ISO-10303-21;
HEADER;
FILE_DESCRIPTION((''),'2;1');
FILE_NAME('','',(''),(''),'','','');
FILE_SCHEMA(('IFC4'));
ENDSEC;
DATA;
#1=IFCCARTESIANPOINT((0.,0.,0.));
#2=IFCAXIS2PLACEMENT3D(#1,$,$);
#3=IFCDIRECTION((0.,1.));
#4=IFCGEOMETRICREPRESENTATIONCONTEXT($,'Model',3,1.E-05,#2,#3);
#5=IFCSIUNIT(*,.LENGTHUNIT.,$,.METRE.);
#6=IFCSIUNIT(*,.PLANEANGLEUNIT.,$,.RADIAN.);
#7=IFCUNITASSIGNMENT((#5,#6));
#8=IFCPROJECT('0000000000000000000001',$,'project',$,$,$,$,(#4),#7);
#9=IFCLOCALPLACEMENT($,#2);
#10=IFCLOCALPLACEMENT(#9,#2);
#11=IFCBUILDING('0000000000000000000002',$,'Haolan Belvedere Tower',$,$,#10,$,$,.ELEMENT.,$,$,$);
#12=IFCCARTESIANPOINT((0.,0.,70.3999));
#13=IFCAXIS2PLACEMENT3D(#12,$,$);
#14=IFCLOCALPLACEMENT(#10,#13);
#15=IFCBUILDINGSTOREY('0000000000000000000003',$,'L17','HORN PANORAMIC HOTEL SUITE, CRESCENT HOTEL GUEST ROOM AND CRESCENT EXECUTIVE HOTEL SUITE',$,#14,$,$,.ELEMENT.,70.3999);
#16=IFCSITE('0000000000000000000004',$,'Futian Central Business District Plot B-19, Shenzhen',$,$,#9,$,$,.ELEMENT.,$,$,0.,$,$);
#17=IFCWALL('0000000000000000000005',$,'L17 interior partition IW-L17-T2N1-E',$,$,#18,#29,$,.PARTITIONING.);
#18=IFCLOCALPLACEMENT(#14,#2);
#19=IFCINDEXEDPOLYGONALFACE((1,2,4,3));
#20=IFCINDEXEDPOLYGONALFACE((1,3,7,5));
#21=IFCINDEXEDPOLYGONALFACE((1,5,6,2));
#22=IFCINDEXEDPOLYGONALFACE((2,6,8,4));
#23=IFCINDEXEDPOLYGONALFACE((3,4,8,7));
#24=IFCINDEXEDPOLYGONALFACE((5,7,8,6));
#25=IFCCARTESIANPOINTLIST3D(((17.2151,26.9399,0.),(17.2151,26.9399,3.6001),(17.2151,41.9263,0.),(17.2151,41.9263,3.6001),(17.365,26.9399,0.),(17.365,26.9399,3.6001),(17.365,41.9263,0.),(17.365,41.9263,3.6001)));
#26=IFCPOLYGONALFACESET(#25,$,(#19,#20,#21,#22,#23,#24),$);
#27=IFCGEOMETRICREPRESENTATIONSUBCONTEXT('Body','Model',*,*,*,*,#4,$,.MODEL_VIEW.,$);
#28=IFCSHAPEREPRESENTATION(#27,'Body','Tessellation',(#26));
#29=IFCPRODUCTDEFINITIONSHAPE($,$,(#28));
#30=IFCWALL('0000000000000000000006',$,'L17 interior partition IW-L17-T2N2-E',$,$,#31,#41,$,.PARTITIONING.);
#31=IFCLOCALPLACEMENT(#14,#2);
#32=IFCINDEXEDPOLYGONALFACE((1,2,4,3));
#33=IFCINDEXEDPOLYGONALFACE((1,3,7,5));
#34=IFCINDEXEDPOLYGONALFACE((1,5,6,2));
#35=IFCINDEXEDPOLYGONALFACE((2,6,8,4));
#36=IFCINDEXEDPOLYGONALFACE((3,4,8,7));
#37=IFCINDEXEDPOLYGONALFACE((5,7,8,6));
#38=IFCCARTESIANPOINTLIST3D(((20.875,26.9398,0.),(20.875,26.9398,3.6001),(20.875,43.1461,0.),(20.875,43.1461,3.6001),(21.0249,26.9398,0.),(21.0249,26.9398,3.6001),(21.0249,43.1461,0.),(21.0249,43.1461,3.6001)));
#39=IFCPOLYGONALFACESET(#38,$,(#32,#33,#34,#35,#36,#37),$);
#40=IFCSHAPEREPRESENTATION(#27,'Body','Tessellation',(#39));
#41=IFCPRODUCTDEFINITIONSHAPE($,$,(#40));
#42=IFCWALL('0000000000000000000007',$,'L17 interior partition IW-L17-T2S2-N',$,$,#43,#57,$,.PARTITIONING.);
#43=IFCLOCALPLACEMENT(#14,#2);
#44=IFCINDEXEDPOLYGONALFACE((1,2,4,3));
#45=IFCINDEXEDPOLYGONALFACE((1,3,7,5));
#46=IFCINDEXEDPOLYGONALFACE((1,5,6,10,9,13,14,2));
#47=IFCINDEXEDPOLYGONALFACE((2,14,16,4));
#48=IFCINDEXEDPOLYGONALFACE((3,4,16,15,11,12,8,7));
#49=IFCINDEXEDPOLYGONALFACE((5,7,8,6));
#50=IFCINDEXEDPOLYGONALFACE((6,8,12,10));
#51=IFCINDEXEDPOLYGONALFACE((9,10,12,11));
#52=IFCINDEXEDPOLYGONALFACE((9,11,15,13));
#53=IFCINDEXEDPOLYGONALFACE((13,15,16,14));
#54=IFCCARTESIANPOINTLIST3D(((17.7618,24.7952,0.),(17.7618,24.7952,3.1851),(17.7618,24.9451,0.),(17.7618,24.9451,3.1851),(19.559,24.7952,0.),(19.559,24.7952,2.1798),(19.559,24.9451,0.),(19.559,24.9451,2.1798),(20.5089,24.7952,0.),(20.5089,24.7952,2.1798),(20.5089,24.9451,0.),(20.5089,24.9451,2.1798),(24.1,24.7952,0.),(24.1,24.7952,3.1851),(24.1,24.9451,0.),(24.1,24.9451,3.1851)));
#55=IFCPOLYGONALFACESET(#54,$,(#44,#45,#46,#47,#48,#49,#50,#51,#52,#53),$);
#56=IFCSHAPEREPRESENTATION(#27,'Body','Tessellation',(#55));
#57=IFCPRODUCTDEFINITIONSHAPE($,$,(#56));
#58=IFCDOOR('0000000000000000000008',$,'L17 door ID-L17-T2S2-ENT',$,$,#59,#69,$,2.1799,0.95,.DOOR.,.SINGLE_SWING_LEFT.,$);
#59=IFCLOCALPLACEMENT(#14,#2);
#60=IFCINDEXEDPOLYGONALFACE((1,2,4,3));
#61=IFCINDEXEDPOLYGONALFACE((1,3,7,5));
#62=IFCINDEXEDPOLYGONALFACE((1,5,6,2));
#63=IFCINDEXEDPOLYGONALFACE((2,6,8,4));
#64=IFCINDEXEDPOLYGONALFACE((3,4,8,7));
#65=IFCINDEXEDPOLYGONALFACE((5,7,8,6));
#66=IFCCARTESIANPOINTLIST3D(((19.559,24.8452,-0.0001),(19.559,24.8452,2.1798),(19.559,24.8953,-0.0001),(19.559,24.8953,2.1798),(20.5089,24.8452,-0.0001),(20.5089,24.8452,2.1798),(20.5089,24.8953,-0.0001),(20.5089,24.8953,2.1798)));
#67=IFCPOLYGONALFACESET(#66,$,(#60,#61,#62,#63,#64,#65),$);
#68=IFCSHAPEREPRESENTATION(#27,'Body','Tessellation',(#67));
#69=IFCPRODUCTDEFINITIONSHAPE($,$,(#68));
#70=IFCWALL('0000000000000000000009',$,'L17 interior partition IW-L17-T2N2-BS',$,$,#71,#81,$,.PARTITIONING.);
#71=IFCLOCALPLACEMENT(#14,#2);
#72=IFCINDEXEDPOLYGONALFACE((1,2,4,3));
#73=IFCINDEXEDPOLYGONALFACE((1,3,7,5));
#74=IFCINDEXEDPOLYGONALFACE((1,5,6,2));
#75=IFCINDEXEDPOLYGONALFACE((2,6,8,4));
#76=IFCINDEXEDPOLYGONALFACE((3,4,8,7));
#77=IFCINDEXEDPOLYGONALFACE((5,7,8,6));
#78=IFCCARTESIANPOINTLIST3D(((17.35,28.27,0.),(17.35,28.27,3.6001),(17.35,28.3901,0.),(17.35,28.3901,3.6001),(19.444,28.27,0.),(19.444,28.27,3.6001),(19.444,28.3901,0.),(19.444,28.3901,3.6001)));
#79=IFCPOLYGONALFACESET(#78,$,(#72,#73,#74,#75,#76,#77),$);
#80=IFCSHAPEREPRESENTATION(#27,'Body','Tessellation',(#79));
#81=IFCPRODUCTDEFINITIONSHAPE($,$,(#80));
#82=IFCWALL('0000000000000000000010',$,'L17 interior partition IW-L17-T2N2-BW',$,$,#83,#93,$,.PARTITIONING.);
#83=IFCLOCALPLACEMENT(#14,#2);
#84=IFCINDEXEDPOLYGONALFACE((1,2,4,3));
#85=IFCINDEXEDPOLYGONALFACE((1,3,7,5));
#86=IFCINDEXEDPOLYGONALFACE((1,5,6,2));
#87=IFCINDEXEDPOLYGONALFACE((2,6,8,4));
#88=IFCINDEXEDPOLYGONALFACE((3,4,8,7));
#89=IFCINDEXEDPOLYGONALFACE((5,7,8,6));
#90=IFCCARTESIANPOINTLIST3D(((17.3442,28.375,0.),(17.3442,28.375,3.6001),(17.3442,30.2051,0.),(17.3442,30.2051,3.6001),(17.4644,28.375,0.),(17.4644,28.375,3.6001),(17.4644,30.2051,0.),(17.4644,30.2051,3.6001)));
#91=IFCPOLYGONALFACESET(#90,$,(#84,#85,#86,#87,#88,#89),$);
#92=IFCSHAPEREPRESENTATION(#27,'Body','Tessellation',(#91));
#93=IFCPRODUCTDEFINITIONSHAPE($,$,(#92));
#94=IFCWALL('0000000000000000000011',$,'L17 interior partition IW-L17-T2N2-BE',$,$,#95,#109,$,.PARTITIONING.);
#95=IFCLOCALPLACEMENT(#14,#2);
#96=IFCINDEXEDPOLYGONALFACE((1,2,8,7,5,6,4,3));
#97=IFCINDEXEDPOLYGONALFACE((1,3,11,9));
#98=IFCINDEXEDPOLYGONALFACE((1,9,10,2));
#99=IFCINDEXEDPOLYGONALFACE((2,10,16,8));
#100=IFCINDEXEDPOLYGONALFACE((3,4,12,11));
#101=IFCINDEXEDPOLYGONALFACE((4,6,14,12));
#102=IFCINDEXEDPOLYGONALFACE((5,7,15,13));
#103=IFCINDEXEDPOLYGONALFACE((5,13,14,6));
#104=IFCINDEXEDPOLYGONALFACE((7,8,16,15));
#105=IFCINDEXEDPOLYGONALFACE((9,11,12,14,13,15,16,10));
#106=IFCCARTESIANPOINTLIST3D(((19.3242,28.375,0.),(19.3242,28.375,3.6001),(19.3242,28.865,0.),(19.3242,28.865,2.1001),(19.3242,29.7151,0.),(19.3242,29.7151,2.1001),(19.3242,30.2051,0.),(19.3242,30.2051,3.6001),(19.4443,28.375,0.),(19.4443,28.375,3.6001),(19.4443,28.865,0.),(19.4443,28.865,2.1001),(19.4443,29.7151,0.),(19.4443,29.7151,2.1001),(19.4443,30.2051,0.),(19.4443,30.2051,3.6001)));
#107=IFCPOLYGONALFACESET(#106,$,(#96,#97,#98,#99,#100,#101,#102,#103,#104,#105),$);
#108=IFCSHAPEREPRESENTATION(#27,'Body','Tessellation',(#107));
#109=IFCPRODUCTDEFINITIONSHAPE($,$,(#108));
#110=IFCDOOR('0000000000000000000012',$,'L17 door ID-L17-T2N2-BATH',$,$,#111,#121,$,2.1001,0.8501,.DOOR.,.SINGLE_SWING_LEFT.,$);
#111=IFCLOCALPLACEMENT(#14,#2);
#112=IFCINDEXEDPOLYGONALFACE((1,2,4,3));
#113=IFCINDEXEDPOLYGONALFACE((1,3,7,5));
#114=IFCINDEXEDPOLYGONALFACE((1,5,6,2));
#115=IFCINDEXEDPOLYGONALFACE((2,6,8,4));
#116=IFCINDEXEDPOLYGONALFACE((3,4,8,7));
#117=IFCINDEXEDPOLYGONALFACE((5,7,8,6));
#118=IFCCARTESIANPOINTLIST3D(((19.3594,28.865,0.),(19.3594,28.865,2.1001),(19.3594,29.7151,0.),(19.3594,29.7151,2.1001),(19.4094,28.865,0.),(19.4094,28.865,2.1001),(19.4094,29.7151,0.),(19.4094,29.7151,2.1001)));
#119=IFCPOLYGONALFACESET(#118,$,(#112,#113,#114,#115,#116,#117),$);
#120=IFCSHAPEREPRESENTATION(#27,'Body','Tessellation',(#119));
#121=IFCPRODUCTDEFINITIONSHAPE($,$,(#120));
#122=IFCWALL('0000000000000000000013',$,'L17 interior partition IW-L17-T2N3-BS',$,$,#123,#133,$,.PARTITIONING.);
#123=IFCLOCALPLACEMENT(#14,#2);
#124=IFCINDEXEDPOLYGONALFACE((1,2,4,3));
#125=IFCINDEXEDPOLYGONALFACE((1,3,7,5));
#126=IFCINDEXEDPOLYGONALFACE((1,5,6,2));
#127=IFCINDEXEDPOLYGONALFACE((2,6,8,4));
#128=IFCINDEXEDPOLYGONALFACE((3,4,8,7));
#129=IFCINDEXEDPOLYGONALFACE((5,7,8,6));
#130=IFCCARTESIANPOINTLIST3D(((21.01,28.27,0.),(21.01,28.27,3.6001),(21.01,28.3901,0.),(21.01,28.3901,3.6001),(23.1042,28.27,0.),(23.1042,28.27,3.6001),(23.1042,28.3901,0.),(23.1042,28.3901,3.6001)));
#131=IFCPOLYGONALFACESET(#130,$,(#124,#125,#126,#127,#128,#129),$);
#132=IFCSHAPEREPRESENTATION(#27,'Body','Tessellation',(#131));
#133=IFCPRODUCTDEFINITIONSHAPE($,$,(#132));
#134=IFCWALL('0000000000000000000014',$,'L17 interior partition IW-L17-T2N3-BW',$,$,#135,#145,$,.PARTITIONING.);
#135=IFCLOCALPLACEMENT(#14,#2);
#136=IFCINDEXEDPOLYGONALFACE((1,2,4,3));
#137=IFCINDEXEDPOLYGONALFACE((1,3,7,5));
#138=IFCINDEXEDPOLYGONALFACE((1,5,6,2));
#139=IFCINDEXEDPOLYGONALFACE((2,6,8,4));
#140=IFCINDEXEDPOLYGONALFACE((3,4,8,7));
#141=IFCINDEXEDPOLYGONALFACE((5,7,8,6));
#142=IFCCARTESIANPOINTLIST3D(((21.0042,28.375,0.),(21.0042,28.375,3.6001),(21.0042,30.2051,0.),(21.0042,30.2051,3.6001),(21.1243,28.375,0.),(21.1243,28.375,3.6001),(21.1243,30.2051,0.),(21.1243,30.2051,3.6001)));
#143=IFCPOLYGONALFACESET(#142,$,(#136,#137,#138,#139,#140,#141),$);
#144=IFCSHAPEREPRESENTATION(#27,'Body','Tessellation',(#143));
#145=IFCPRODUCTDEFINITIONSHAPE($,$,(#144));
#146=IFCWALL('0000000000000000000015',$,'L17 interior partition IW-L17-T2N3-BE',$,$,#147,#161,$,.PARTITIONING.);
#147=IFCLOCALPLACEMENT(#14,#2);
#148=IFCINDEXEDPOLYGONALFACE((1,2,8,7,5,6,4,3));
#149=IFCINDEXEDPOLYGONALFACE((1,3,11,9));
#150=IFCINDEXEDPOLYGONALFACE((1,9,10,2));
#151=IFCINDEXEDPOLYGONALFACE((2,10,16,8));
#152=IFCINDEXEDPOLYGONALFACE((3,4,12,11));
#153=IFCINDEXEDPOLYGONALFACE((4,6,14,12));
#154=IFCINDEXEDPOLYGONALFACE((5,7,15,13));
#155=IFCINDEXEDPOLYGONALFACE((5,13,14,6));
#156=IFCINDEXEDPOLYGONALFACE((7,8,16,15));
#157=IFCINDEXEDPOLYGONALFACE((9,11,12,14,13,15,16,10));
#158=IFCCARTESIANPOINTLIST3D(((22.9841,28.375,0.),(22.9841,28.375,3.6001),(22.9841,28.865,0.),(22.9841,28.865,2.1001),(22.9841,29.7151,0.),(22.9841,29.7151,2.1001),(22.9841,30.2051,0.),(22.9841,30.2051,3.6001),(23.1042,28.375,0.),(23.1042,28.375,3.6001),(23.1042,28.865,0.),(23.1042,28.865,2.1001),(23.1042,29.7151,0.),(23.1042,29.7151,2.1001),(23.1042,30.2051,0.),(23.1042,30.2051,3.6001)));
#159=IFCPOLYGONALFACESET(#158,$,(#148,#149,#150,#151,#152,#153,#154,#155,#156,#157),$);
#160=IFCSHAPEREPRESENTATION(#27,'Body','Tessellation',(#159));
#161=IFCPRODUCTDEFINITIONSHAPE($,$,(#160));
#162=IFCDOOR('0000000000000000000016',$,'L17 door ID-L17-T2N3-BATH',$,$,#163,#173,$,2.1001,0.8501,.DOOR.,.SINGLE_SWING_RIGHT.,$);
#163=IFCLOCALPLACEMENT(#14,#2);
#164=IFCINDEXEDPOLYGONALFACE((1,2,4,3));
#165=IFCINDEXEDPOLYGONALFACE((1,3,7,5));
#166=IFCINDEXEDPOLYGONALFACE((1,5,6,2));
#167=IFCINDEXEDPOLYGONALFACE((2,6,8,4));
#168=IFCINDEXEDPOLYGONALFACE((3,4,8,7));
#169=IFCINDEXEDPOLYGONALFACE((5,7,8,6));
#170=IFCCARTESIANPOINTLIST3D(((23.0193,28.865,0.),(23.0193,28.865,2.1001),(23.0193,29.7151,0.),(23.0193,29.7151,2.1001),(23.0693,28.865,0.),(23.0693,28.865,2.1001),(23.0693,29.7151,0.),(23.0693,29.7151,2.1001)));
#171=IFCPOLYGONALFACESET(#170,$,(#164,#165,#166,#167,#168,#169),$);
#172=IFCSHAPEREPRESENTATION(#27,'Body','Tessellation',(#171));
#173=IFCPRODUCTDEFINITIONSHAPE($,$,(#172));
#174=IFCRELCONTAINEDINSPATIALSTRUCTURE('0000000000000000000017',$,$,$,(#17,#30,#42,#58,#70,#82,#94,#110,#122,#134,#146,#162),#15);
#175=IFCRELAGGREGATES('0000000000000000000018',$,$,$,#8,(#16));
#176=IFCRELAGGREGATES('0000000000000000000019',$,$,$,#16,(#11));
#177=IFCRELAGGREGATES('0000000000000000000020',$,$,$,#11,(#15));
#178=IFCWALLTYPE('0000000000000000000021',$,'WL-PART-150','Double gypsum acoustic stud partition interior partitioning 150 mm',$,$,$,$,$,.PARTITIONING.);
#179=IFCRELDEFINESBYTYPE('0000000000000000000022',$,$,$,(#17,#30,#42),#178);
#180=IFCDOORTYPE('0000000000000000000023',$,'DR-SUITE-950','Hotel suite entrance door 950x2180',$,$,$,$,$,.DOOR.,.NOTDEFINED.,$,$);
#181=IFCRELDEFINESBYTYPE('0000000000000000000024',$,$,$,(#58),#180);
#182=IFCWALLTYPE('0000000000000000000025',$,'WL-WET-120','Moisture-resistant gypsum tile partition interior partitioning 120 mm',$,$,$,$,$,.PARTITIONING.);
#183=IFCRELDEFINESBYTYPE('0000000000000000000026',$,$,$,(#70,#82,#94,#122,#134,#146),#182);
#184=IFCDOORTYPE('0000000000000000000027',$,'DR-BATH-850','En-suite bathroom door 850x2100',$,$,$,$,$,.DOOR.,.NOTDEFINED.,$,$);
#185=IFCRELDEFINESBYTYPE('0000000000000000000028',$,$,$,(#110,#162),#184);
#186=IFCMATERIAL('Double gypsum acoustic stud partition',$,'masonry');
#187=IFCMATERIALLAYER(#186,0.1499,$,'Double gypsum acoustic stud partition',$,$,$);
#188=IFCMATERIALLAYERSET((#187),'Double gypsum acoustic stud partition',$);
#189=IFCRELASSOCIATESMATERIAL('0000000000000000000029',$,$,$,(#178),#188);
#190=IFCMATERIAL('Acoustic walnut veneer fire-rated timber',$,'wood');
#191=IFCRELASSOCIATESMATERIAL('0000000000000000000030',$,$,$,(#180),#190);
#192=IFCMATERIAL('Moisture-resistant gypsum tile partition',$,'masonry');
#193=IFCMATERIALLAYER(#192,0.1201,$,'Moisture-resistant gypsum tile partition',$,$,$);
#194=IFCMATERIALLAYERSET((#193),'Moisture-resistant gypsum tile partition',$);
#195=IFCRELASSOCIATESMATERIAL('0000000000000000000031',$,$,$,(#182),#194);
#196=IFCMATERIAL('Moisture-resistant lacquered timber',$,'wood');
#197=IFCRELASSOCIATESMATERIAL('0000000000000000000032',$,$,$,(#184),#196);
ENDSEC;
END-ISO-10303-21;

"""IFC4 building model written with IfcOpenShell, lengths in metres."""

from ifc_helpers import new_model, si_unit, direction, frame, frame_2d, origin, place, context, subcontext, project, spatial, rectangle, extrude, material, layer, layer_set, type_object, element, fill, save


model = new_model("IFC4")

# Units and contexts
model_context = context("Model", 3, precision=1e-05, world=origin(), true_north=direction((0.0, 1.0)))
body_context = subcontext(model_context, "Body", "Model", "MODEL_VIEW")
ifc_project = project(units=[si_unit("LENGTHUNIT", "METRE"), si_unit("PLANEANGLEUNIT", "RADIAN")], contexts=[model_context])

# Site, building, storey
site_placement = place(None, origin())
site = spatial("IfcSite", under=ifc_project, at=site_placement, Name="Futian Central Business District Plot B-19, Shenzhen", CompositionType="ELEMENT", RefElevation=0.0)
building_placement = place(site_placement, origin())
building = spatial("IfcBuilding", under=site, at=building_placement, Name="Haolan Belvedere Tower", CompositionType="ELEMENT")
storey_placement = place(building_placement, frame((0.0, 0.0, 70.3999)))
storey = spatial("IfcBuildingStorey", under=building, at=storey_placement, Name="L17", Description="HORN PANORAMIC HOTEL SUITE, CRESCENT HOTEL GUEST ROOM AND CRESCENT EXECUTIVE HOTEL SUITE", CompositionType="ELEMENT", Elevation=70.3999)

# Wall
ifc_material_1 = material(Name="Double gypsum acoustic stud partition", Category="masonry")
ifc_layer_1 = layer(ifc_material_1, 0.1499, Name="Double gypsum acoustic stud partition")
ifc_layer_set_1 = layer_set([ifc_layer_1], Name="Double gypsum acoustic stud partition")
wall_type_1 = type_object("IfcWallType", Name="WL-PART-150", Description="Double gypsum acoustic stud partition interior partitioning 150 mm", PredefinedType="PARTITIONING", material=ifc_layer_set_1)
wall_1_placement = place(storey_placement, frame((17.29, 26.9399, 0.0), z_axis=(0.0, 0.0, 1.0), x_axis=(0.0, 1.0, 0.0)))
element("IfcWall", 1, at=wall_1_placement, inside=storey, type_object=wall_type_1, Name="L17 interior partition IW-L17-T2N1-E", PredefinedType="PARTITIONING", context=body_context, shape_type="SweptSolid", body=[
    extrude(rectangle(XDim=14.9863, YDim=0.1499, at=frame_2d((7.4932, 0.0))), origin(), (0.0, 0.0, 1.0), 3.6001),
])

# Wall
wall_2_placement = place(storey_placement, frame((20.95, 26.9399, 0.0), z_axis=(0.0, 0.0, 1.0), x_axis=(0.0, 1.0, 0.0)))
element("IfcWall", 2, at=wall_2_placement, inside=storey, type_object=wall_type_1, Name="L17 interior partition IW-L17-T2N2-E", PredefinedType="PARTITIONING", context=body_context, shape_type="SweptSolid", body=[
    extrude(rectangle(XDim=16.2063, YDim=0.1499, at=frame_2d((8.103, 0.0))), origin(), (0.0, 0.0, 1.0), 3.6001),
])

# Wall, opening, door
wall_3_placement = place(storey_placement, frame((17.762, 24.8701, 0.0), z_axis=(0.0, 0.0, 1.0), x_axis=(1.0, 0.0, 0.0)))
wall_3 = element("IfcWall", 3, at=wall_3_placement, inside=storey, type_object=wall_type_1, Name="L17 interior partition IW-L17-T2S2-N", PredefinedType="PARTITIONING", context=body_context, shape_type="SweptSolid", body=[
    extrude(rectangle(XDim=6.3381, YDim=0.1499, at=frame_2d((3.1689, 0.0))), origin(), (0.0, 0.0, 1.0), 3.1851),
])
opening_1_placement = place(wall_3_placement, frame((2.7471, 0.0, 0.0), z_axis=(0.0, 0.0, 1.0), x_axis=(-1.0, 0.0, 0.0)))
opening_1 = element("IfcOpeningElement", 4, at=opening_1_placement, cuts=wall_3, PredefinedType="OPENING", context=body_context, shape_type="SweptSolid", body=[
    extrude(rectangle(XDim=0.95, YDim=2.1799, at=frame_2d((0.4751, 1.0898))), frame((0.0, 0.085, 0.0), z_axis=(0.0, -1.0, 0.0), x_axis=(1.0, 0.0, 0.0)), (0.0, 0.0, 1.0), 0.1699),
])
ifc_material_2 = material(Name="Acoustic walnut veneer fire-rated timber", Category="wood")
door_type_1 = type_object("IfcDoorType", Name="DR-SUITE-950", Description="Hotel suite entrance door 950x2180", OperationType="NOTDEFINED", PredefinedType="DOOR", material=ifc_material_2)
door_1_placement = place(opening_1_placement, origin())
door_1 = element("IfcDoor", 5, at=door_1_placement, inside=storey, type_object=door_type_1, Name="L17 door ID-L17-T2S2-ENT", OperationType="SINGLE_SWING_LEFT", OverallHeight=2.1799, OverallWidth=0.95, PredefinedType="DOOR", context=body_context, shape_type="SweptSolid", body=[
    extrude(rectangle(XDim=0.95, YDim=2.1799, at=frame_2d((0.4751, 1.0898))), frame((0.0, 0.0249, 0.0), z_axis=(0.0, -1.0, 0.0), x_axis=(1.0, 0.0, 0.0)), (0.0, 0.0, 1.0), 0.05),
])
fill(opening_1, door_1)

# Walls
ifc_material_3 = material(Name="Moisture-resistant gypsum tile partition", Category="masonry")
ifc_layer_2 = layer(ifc_material_3, 0.1201, Name="Moisture-resistant gypsum tile partition")
ifc_layer_set_2 = layer_set([ifc_layer_2], Name="Moisture-resistant gypsum tile partition")
wall_type_2 = type_object("IfcWallType", Name="WL-WET-120", Description="Moisture-resistant gypsum tile partition interior partitioning 120 mm", PredefinedType="PARTITIONING", material=ifc_layer_set_2)
wall_4_placement = place(storey_placement, frame((17.3501, 28.3301, 0.0), z_axis=(0.0, 0.0, 1.0), x_axis=(1.0, 0.0, 0.0)))
element("IfcWall", 6, at=wall_4_placement, inside=storey, type_object=wall_type_2, Name="L17 interior partition IW-L17-T2N2-BS", PredefinedType="PARTITIONING", context=body_context, shape_type="SweptSolid", body=[
    extrude(rectangle(XDim=2.094, YDim=0.1201, at=frame_2d((1.0469, 0.0))), origin(), (0.0, 0.0, 1.0), 3.6001),
])
wall_5_placement = place(storey_placement, frame((17.4043, 28.375, 0.0), z_axis=(0.0, 0.0, 1.0), x_axis=(0.0, 1.0, 0.0)))
element("IfcWall", 7, at=wall_5_placement, inside=storey, type_object=wall_type_2, Name="L17 interior partition IW-L17-T2N2-BW", PredefinedType="PARTITIONING", context=body_context, shape_type="SweptSolid", body=[
    extrude(rectangle(XDim=1.8301, YDim=0.1201, at=frame_2d((0.915, 0.0))), origin(), (0.0, 0.0, 1.0), 3.6001),
])

# Wall, opening, door
wall_6_placement = place(storey_placement, frame((19.3843, 28.375, 0.0), z_axis=(0.0, 0.0, 1.0), x_axis=(0.0, 1.0, 0.0)))
wall_6 = element("IfcWall", 8, at=wall_6_placement, inside=storey, type_object=wall_type_2, Name="L17 interior partition IW-L17-T2N2-BE", PredefinedType="PARTITIONING", context=body_context, shape_type="SweptSolid", body=[
    extrude(rectangle(XDim=1.8301, YDim=0.1201, at=frame_2d((0.915, 0.0))), origin(), (0.0, 0.0, 1.0), 3.6001),
])
opening_2_placement = place(wall_6_placement, frame((0.49, 0.0, 0.0)))
opening_2 = element("IfcOpeningElement", 9, at=opening_2_placement, cuts=wall_6, PredefinedType="OPENING", context=body_context, shape_type="SweptSolid", body=[
    extrude(rectangle(XDim=0.8501, YDim=2.1001, at=frame_2d((0.425, 1.05))), frame((0.0, 0.0701, 0.0), z_axis=(0.0, -1.0, 0.0), x_axis=(1.0, 0.0, 0.0)), (0.0, 0.0, 1.0), 0.1401),
])
ifc_material_4 = material(Name="Moisture-resistant lacquered timber", Category="wood")
door_type_2 = type_object("IfcDoorType", Name="DR-BATH-850", Description="En-suite bathroom door 850x2100", OperationType="NOTDEFINED", PredefinedType="DOOR", material=ifc_material_4)
door_2_placement = place(opening_2_placement, origin())
door_2 = element("IfcDoor", 10, at=door_2_placement, inside=storey, type_object=door_type_2, Name="L17 door ID-L17-T2N2-BATH", OperationType="SINGLE_SWING_LEFT", OverallHeight=2.1001, OverallWidth=0.8501, PredefinedType="DOOR", context=body_context, shape_type="SweptSolid", body=[
    extrude(rectangle(XDim=0.8501, YDim=2.1001, at=frame_2d((0.425, 1.05))), frame((0.0, 0.0249, 0.0), z_axis=(0.0, -1.0, 0.0), x_axis=(1.0, 0.0, 0.0)), (0.0, 0.0, 1.0), 0.05),
])
fill(opening_2, door_2)

# Walls
wall_7_placement = place(storey_placement, frame((21.01, 28.3301, 0.0), z_axis=(0.0, 0.0, 1.0), x_axis=(1.0, 0.0, 0.0)))
element("IfcWall", 11, at=wall_7_placement, inside=storey, type_object=wall_type_2, Name="L17 interior partition IW-L17-T2N3-BS", PredefinedType="PARTITIONING", context=body_context, shape_type="SweptSolid", body=[
    extrude(rectangle(XDim=2.0942, YDim=0.1201, at=frame_2d((1.0471, 0.0))), origin(), (0.0, 0.0, 1.0), 3.6001),
])
wall_8_placement = place(storey_placement, frame((21.0642, 28.375, 0.0), z_axis=(0.0, 0.0, 1.0), x_axis=(0.0, 1.0, 0.0)))
element("IfcWall", 12, at=wall_8_placement, inside=storey, type_object=wall_type_2, Name="L17 interior partition IW-L17-T2N3-BW", PredefinedType="PARTITIONING", context=body_context, shape_type="SweptSolid", body=[
    extrude(rectangle(XDim=1.8301, YDim=0.1201, at=frame_2d((0.915, 0.0))), origin(), (0.0, 0.0, 1.0), 3.6001),
])

# Wall, opening, door
wall_9_placement = place(storey_placement, frame((23.0442, 28.375, 0.0), z_axis=(0.0, 0.0, 1.0), x_axis=(0.0, 1.0, 0.0)))
wall_9 = element("IfcWall", 13, at=wall_9_placement, inside=storey, type_object=wall_type_2, Name="L17 interior partition IW-L17-T2N3-BE", PredefinedType="PARTITIONING", context=body_context, shape_type="SweptSolid", body=[
    extrude(rectangle(XDim=1.8301, YDim=0.1201, at=frame_2d((0.915, 0.0))), origin(), (0.0, 0.0, 1.0), 3.6001),
])
opening_3_placement = place(wall_9_placement, frame((0.49, 0.0, 0.0)))
opening_3 = element("IfcOpeningElement", 14, at=opening_3_placement, cuts=wall_9, PredefinedType="OPENING", context=body_context, shape_type="SweptSolid", body=[
    extrude(rectangle(XDim=0.8501, YDim=2.1001, at=frame_2d((0.425, 1.05))), frame((0.0, 0.0701, 0.0), z_axis=(0.0, -1.0, 0.0), x_axis=(1.0, 0.0, 0.0)), (0.0, 0.0, 1.0), 0.1401),
])
door_3_placement = place(opening_3_placement, origin())
door_3 = element("IfcDoor", 15, at=door_3_placement, inside=storey, type_object=door_type_2, Name="L17 door ID-L17-T2N3-BATH", OperationType="SINGLE_SWING_RIGHT", OverallHeight=2.1001, OverallWidth=0.8501, PredefinedType="DOOR", context=body_context, shape_type="SweptSolid", body=[
    extrude(rectangle(XDim=0.8501, YDim=2.1001, at=frame_2d((0.425, 1.05))), frame((0.0, 0.0249, 0.0), z_axis=(0.0, -1.0, 0.0), x_axis=(1.0, 0.0, 0.0)), (0.0, 0.0, 1.0), 0.05),
])
fill(opening_3, door_3)

save(model, "model.ifc")
